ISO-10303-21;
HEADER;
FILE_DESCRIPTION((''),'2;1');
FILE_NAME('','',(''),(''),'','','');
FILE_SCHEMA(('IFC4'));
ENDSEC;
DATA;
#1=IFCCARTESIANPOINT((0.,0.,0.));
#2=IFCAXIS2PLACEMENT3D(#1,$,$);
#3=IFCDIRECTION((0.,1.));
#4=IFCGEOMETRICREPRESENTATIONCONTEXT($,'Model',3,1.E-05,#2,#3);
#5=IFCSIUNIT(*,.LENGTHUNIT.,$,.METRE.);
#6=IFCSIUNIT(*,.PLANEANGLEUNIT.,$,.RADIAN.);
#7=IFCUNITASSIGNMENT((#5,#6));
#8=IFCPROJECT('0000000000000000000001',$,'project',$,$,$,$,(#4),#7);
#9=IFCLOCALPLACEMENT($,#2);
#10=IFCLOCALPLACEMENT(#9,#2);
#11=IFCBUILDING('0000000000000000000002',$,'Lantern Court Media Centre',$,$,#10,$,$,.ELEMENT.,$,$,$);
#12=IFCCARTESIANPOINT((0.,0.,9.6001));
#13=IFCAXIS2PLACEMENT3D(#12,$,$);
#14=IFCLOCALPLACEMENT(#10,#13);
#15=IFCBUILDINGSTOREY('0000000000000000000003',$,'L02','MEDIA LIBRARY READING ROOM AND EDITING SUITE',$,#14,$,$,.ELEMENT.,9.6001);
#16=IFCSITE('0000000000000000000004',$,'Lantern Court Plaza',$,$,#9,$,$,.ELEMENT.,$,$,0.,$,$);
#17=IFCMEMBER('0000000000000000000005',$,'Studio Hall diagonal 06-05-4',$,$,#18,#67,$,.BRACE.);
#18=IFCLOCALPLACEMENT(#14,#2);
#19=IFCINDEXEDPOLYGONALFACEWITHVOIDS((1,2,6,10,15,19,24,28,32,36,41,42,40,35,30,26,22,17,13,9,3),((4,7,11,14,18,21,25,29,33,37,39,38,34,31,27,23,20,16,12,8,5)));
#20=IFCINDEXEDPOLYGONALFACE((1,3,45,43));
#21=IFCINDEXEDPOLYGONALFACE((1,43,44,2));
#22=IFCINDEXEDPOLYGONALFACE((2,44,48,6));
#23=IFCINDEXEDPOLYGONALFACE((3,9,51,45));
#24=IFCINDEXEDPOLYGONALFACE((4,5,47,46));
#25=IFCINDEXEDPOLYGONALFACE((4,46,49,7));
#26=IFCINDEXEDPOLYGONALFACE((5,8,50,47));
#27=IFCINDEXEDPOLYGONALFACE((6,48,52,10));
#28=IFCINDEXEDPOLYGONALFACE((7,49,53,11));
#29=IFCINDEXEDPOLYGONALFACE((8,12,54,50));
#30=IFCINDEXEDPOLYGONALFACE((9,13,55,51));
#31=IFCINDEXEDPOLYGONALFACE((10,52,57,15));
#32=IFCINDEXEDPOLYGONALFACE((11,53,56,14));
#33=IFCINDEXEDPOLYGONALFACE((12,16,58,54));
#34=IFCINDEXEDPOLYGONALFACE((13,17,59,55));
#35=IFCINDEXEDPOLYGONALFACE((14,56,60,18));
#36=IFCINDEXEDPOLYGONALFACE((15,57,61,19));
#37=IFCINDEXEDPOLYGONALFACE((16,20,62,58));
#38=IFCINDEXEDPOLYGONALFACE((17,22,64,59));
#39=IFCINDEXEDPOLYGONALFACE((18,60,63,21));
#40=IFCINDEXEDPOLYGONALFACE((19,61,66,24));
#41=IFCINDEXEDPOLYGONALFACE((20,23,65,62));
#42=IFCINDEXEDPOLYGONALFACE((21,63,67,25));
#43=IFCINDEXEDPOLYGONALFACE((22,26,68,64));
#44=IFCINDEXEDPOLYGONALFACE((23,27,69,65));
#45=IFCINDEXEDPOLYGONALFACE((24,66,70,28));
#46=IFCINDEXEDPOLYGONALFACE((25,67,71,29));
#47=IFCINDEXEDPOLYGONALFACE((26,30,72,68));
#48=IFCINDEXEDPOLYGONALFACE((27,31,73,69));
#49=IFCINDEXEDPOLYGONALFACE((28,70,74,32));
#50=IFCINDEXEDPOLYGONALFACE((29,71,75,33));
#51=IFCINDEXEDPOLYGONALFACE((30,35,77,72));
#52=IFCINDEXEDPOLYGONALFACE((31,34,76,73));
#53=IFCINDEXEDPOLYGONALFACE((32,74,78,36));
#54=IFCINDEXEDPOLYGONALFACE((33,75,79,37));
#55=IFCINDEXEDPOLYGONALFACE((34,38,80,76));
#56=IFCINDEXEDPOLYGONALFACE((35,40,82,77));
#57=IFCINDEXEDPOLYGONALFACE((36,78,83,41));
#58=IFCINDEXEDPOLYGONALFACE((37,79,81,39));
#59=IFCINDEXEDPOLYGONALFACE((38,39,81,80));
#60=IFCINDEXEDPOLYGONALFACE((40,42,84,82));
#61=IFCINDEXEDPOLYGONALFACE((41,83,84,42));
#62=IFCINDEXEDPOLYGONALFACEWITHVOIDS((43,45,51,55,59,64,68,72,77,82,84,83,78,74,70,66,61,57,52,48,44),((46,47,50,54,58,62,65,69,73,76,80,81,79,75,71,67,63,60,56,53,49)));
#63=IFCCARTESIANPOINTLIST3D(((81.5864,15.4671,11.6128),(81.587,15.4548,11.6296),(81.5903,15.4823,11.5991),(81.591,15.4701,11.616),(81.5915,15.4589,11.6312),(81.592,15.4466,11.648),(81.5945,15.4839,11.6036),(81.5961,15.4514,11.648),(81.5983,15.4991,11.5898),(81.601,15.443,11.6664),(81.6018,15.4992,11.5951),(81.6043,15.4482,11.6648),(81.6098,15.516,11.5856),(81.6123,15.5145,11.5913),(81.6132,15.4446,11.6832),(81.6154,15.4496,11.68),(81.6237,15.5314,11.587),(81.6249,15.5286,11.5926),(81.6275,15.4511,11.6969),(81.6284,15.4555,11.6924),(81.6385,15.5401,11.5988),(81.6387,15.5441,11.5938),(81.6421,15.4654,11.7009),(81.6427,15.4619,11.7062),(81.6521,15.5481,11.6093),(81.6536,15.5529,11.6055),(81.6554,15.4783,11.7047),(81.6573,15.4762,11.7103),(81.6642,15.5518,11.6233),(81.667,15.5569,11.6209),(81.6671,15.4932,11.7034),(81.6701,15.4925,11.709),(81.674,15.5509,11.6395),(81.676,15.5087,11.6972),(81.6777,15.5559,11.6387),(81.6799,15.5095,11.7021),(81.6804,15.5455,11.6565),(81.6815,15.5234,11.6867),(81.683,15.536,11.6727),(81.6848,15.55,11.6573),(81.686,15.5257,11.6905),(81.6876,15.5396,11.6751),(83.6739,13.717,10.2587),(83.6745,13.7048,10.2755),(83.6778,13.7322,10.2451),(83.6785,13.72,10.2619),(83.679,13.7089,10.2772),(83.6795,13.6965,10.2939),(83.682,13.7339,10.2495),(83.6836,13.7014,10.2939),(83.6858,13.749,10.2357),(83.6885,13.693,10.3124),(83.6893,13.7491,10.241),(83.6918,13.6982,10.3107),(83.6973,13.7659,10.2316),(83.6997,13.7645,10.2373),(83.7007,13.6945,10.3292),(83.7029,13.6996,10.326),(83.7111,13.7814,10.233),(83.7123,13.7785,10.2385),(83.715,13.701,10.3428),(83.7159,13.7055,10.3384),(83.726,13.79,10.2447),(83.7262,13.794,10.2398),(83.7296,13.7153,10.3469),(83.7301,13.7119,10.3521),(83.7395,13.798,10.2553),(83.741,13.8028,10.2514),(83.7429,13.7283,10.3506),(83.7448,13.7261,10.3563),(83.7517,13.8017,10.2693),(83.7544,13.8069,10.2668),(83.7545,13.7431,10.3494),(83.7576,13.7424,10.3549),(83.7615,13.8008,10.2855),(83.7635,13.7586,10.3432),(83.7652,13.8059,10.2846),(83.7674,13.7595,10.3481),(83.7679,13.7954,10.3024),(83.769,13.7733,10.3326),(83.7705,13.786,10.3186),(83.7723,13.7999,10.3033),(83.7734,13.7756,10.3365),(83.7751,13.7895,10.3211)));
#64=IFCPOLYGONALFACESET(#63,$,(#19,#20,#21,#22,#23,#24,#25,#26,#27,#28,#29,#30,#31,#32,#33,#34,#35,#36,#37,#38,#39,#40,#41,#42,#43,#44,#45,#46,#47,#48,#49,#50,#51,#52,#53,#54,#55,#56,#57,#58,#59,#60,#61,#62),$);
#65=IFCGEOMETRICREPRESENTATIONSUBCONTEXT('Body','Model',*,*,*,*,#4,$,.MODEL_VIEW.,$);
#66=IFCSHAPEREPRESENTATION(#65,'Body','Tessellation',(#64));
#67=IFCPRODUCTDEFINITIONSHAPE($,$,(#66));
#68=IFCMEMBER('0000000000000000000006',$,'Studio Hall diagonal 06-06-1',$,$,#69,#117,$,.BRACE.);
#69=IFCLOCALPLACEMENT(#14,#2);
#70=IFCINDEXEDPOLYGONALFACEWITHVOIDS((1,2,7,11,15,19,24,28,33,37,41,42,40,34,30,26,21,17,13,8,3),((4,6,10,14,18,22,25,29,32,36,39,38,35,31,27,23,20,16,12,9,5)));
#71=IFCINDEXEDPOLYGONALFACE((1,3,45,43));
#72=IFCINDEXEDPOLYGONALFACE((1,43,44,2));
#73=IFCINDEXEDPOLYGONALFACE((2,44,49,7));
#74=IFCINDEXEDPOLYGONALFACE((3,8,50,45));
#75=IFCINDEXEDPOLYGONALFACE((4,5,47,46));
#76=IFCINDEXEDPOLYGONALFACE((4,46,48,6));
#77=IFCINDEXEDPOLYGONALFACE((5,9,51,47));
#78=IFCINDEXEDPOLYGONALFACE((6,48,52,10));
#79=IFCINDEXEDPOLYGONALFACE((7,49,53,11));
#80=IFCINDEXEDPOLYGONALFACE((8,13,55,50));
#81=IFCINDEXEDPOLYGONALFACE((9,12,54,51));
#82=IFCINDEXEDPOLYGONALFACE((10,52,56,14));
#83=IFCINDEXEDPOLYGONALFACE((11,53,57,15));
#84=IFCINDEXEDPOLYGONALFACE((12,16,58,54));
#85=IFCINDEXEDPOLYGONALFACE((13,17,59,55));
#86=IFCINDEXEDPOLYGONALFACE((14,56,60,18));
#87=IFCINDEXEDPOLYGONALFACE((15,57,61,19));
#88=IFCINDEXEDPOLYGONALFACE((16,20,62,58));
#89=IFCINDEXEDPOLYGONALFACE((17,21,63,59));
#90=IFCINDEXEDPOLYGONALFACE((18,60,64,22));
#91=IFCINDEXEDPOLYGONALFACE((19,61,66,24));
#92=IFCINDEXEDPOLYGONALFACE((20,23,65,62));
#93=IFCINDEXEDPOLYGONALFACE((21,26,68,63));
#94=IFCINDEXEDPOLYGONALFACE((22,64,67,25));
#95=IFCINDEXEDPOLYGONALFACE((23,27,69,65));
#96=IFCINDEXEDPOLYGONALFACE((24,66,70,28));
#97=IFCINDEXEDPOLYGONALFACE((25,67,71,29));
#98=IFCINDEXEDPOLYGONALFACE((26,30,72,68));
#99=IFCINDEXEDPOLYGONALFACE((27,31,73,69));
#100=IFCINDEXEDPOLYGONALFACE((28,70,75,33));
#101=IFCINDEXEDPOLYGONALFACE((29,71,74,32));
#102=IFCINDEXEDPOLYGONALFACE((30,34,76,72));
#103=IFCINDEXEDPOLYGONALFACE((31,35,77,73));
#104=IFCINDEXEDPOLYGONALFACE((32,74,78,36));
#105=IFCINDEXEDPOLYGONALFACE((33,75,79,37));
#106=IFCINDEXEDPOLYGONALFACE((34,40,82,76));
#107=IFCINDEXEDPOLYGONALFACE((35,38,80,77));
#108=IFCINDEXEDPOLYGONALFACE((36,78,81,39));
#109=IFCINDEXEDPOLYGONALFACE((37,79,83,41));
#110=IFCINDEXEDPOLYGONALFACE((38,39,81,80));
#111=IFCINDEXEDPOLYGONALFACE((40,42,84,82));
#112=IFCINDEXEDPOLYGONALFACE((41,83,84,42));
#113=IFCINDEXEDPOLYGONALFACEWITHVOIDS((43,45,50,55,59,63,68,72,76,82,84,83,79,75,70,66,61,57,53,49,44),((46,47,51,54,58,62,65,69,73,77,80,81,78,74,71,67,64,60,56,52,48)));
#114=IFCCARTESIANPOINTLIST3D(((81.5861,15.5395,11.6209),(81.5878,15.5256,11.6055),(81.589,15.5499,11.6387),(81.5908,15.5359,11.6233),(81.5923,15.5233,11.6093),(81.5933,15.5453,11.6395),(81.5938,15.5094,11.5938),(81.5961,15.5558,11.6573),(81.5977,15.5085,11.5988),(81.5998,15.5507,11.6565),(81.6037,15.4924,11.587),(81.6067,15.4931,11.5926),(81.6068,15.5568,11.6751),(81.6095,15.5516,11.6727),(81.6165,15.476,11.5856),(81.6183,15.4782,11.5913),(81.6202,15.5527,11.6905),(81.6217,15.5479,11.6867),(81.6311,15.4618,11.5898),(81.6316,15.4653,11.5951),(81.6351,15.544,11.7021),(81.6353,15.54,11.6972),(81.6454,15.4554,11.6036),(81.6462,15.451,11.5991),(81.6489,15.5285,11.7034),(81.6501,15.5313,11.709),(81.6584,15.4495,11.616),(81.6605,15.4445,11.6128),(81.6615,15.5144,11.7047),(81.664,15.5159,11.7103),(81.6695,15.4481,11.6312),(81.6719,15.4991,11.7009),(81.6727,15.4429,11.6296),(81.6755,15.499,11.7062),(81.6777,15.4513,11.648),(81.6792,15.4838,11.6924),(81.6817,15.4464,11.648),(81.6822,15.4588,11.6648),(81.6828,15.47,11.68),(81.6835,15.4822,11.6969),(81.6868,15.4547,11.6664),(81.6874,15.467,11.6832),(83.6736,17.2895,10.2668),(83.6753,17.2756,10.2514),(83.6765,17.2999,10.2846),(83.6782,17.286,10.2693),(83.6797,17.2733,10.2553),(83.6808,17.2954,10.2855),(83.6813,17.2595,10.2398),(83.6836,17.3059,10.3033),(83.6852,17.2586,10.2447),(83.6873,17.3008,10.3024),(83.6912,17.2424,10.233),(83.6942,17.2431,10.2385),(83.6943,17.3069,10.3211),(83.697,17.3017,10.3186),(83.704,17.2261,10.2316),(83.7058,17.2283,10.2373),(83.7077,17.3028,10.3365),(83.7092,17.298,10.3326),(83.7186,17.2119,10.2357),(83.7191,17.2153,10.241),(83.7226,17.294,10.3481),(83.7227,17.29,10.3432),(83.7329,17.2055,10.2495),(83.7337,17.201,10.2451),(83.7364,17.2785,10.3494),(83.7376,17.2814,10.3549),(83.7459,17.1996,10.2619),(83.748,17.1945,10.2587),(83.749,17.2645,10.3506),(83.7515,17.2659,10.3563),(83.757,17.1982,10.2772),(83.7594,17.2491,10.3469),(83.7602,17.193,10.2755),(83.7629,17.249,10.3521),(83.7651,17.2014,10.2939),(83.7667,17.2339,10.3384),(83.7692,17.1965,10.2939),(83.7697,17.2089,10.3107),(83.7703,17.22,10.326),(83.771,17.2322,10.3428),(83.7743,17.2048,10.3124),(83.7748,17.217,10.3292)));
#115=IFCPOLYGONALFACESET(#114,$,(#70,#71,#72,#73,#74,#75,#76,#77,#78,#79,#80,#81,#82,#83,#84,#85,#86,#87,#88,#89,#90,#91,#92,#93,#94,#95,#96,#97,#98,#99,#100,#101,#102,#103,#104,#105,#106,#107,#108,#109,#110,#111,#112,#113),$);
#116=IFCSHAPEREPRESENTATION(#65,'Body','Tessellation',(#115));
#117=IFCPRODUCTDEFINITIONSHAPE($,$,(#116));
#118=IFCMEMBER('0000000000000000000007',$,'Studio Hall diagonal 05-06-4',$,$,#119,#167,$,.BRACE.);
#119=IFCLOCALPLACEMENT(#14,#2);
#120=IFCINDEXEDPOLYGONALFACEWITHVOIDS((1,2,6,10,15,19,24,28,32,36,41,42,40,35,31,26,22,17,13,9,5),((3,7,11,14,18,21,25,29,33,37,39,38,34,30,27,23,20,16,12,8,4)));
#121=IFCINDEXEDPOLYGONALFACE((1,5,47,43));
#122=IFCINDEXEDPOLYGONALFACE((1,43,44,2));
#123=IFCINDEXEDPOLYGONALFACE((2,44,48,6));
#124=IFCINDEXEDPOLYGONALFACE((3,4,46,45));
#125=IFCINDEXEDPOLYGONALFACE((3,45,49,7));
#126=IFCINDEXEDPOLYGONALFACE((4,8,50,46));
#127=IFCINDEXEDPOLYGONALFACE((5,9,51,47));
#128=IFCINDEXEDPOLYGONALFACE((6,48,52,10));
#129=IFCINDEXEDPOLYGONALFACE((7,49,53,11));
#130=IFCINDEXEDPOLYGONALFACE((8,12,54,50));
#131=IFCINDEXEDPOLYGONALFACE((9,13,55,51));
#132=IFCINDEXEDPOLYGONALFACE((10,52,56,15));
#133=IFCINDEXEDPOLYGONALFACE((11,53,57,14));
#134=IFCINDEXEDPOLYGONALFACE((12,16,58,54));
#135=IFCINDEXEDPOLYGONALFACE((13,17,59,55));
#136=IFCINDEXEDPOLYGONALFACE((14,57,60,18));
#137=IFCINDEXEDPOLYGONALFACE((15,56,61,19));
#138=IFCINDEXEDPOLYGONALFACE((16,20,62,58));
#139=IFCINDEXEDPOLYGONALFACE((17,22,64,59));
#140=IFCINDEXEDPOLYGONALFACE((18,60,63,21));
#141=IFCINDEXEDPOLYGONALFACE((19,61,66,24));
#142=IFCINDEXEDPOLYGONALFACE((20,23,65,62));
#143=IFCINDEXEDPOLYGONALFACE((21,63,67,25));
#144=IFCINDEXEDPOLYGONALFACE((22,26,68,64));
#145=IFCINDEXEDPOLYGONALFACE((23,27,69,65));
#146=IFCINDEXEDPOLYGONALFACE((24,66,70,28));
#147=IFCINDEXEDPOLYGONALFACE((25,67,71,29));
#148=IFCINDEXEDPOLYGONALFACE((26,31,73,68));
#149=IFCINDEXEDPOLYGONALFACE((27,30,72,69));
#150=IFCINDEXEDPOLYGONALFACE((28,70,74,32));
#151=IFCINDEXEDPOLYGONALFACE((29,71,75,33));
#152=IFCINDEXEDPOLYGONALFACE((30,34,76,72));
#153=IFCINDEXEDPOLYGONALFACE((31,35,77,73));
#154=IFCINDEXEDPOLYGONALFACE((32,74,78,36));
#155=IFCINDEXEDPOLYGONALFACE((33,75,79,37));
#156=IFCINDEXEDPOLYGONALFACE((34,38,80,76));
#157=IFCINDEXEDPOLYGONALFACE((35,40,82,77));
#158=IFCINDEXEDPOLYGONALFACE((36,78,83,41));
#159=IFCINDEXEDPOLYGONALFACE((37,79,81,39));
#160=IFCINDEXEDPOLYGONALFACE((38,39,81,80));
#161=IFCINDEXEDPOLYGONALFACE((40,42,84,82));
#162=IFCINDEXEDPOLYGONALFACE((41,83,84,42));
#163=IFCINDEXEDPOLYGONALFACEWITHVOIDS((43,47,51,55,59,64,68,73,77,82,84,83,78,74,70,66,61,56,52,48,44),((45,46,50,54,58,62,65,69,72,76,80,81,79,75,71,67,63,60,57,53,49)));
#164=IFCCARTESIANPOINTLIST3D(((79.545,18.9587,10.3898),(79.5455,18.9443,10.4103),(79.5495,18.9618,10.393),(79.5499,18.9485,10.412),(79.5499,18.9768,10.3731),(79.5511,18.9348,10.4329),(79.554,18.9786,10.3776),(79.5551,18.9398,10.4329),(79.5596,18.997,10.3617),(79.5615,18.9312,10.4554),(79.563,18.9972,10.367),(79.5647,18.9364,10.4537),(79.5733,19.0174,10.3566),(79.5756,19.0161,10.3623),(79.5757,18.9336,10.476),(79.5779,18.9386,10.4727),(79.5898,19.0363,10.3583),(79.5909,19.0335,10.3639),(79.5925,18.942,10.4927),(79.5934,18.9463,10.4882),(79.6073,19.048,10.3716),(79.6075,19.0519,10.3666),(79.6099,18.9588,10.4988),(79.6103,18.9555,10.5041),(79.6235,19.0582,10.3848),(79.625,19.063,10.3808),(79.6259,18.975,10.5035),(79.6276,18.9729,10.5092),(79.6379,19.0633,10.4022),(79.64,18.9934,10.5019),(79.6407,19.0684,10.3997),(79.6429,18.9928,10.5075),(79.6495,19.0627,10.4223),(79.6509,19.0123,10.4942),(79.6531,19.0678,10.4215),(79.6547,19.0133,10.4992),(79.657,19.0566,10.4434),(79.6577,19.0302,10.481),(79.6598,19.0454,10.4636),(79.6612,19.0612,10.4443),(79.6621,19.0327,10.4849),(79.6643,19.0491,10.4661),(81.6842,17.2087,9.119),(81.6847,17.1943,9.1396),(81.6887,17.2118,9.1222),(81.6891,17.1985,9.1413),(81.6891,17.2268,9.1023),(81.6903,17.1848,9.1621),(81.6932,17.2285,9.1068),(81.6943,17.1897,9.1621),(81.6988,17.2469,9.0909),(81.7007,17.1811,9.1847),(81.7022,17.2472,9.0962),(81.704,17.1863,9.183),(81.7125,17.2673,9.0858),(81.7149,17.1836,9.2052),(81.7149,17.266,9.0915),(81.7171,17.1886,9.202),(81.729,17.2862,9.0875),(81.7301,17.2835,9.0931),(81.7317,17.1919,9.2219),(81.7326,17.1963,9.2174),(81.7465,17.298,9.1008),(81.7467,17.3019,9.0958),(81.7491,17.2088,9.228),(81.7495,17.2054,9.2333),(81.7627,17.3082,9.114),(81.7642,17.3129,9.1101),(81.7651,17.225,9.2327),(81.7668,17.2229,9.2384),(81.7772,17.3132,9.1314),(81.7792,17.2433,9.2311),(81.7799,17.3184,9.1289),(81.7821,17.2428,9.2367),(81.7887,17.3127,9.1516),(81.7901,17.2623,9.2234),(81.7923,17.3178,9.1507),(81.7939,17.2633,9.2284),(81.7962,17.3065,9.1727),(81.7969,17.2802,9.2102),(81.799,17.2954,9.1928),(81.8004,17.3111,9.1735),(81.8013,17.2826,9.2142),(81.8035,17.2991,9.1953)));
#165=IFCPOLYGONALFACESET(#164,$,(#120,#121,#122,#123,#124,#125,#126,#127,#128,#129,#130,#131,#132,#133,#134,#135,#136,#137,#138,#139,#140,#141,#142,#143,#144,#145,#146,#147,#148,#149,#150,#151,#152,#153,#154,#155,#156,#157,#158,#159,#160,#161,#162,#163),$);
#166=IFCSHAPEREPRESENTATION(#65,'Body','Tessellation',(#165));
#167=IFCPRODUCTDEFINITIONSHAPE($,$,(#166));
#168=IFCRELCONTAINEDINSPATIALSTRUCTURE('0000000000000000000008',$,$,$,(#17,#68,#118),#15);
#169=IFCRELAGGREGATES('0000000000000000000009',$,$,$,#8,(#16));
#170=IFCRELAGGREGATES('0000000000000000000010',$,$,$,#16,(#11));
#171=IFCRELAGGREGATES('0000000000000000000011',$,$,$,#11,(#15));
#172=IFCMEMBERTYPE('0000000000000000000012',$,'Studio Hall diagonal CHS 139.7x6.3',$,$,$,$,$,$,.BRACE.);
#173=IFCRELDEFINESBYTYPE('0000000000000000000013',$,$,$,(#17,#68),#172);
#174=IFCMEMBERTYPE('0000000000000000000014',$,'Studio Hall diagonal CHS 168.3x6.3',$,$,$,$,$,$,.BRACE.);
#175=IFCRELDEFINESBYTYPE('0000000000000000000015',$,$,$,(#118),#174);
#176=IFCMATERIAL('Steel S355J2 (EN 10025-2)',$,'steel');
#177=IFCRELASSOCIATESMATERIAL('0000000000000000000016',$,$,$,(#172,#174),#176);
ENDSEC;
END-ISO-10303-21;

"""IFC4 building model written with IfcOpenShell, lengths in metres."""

from ifc_helpers import new_model, si_unit, direction, frame, origin, origin_2d, place, context, subcontext, project, spatial, hollow_circle, extrude, material, material_profile, profile_set, type_object, element, save


model = new_model("IFC4")

# Units and contexts
model_context = context("Model", 3, precision=1e-05, world=origin(), true_north=direction((0.0, 1.0)))
body_context = subcontext(model_context, "Body", "Model", "MODEL_VIEW")
ifc_project = project(units=[si_unit("LENGTHUNIT", "METRE"), si_unit("PLANEANGLEUNIT", "RADIAN")], contexts=[model_context])

# Site, building, storey
site_placement = place(None, origin())
site = spatial("IfcSite", under=ifc_project, at=site_placement, Name="Lantern Court Plaza", CompositionType="ELEMENT", RefElevation=0.0)
building_placement = place(site_placement, origin())
building = spatial("IfcBuilding", under=site, at=building_placement, Name="Lantern Court Media Centre", CompositionType="ELEMENT")
storey_placement = place(building_placement, frame((0.0, 0.0, 9.6001)))
storey = spatial("IfcBuildingStorey", under=building, at=storey_placement, Name="L02", Description="MEDIA LIBRARY READING ROOM AND EDITING SUITE", CompositionType="ELEMENT", Elevation=9.6001)

# Members
ifc_material = material(Name="Steel S355J2 (EN 10025-2)", Category="steel")
ifc_material_profile_1 = material_profile(ifc_material, hollow_circle(Radius=0.0698, WallThickness=0.0063, at=origin_2d()), Name="Studio Hall diagonal CHS 139.7x6.3")
ifc_profile_set_1 = profile_set([ifc_material_profile_1], Name="Steel S355J2 (EN 10025-2)")
member_type_1 = type_object("IfcMemberType", Name="Studio Hall diagonal CHS 139.7x6.3", PredefinedType="BRACE", material=ifc_profile_set_1)
for number, where, z_axis, x_axis, name in (
    (1, (83.7244, 13.75, 10.2939), (-0.68622, 0.575301, 0.44512), (-0.642456, -0.766322, 0.0), "Studio Hall diagonal 06-05-4"),
    (2, (83.7244, 17.25, 10.2939), (-0.68622, -0.575301, 0.44512), (0.642456, -0.766322, 0.0), "Studio Hall diagonal 06-06-1"),
):
    element("IfcMember", number, at=place(storey_placement, frame(where, z_axis=z_axis, x_axis=x_axis)), inside=storey, type_object=member_type_1, Name=name, PredefinedType="BRACE", context=body_context, shape_type="SweptSolid", body=[
        extrude(hollow_circle(Radius=0.0698, WallThickness=0.0063, at=origin_2d()), origin(), (0.0, 0.0, 1.0), 3.042),
    ])
ifc_material_profile_2 = material_profile(ifc_material, hollow_circle(Radius=0.0842, WallThickness=0.0063, at=origin_2d()), Name="Studio Hall diagonal CHS 168.3x6.3")
ifc_profile_set_2 = profile_set([ifc_material_profile_2], Name="Steel S355J2 (EN 10025-2)")
member_type_2 = type_object("IfcMemberType", Name="Studio Hall diagonal CHS 168.3x6.3", PredefinedType="BRACE", material=ifc_profile_set_2)
member_1_placement = place(storey_placement, frame((81.7437, 17.25, 9.1621), z_axis=(-0.703225, 0.575293, 0.417746), x_axis=(-0.63319, -0.773997, 0.0)))
element("IfcMember", 3, at=member_1_placement, inside=storey, type_object=member_type_2, Name="Studio Hall diagonal 05-06-4", PredefinedType="BRACE", context=body_context, shape_type="SweptSolid", body=[
    extrude(hollow_circle(Radius=0.0842, WallThickness=0.0063, at=origin_2d()), origin(), (0.0, 0.0, 1.0), 3.042),
])

save(model, "model.ifc")
